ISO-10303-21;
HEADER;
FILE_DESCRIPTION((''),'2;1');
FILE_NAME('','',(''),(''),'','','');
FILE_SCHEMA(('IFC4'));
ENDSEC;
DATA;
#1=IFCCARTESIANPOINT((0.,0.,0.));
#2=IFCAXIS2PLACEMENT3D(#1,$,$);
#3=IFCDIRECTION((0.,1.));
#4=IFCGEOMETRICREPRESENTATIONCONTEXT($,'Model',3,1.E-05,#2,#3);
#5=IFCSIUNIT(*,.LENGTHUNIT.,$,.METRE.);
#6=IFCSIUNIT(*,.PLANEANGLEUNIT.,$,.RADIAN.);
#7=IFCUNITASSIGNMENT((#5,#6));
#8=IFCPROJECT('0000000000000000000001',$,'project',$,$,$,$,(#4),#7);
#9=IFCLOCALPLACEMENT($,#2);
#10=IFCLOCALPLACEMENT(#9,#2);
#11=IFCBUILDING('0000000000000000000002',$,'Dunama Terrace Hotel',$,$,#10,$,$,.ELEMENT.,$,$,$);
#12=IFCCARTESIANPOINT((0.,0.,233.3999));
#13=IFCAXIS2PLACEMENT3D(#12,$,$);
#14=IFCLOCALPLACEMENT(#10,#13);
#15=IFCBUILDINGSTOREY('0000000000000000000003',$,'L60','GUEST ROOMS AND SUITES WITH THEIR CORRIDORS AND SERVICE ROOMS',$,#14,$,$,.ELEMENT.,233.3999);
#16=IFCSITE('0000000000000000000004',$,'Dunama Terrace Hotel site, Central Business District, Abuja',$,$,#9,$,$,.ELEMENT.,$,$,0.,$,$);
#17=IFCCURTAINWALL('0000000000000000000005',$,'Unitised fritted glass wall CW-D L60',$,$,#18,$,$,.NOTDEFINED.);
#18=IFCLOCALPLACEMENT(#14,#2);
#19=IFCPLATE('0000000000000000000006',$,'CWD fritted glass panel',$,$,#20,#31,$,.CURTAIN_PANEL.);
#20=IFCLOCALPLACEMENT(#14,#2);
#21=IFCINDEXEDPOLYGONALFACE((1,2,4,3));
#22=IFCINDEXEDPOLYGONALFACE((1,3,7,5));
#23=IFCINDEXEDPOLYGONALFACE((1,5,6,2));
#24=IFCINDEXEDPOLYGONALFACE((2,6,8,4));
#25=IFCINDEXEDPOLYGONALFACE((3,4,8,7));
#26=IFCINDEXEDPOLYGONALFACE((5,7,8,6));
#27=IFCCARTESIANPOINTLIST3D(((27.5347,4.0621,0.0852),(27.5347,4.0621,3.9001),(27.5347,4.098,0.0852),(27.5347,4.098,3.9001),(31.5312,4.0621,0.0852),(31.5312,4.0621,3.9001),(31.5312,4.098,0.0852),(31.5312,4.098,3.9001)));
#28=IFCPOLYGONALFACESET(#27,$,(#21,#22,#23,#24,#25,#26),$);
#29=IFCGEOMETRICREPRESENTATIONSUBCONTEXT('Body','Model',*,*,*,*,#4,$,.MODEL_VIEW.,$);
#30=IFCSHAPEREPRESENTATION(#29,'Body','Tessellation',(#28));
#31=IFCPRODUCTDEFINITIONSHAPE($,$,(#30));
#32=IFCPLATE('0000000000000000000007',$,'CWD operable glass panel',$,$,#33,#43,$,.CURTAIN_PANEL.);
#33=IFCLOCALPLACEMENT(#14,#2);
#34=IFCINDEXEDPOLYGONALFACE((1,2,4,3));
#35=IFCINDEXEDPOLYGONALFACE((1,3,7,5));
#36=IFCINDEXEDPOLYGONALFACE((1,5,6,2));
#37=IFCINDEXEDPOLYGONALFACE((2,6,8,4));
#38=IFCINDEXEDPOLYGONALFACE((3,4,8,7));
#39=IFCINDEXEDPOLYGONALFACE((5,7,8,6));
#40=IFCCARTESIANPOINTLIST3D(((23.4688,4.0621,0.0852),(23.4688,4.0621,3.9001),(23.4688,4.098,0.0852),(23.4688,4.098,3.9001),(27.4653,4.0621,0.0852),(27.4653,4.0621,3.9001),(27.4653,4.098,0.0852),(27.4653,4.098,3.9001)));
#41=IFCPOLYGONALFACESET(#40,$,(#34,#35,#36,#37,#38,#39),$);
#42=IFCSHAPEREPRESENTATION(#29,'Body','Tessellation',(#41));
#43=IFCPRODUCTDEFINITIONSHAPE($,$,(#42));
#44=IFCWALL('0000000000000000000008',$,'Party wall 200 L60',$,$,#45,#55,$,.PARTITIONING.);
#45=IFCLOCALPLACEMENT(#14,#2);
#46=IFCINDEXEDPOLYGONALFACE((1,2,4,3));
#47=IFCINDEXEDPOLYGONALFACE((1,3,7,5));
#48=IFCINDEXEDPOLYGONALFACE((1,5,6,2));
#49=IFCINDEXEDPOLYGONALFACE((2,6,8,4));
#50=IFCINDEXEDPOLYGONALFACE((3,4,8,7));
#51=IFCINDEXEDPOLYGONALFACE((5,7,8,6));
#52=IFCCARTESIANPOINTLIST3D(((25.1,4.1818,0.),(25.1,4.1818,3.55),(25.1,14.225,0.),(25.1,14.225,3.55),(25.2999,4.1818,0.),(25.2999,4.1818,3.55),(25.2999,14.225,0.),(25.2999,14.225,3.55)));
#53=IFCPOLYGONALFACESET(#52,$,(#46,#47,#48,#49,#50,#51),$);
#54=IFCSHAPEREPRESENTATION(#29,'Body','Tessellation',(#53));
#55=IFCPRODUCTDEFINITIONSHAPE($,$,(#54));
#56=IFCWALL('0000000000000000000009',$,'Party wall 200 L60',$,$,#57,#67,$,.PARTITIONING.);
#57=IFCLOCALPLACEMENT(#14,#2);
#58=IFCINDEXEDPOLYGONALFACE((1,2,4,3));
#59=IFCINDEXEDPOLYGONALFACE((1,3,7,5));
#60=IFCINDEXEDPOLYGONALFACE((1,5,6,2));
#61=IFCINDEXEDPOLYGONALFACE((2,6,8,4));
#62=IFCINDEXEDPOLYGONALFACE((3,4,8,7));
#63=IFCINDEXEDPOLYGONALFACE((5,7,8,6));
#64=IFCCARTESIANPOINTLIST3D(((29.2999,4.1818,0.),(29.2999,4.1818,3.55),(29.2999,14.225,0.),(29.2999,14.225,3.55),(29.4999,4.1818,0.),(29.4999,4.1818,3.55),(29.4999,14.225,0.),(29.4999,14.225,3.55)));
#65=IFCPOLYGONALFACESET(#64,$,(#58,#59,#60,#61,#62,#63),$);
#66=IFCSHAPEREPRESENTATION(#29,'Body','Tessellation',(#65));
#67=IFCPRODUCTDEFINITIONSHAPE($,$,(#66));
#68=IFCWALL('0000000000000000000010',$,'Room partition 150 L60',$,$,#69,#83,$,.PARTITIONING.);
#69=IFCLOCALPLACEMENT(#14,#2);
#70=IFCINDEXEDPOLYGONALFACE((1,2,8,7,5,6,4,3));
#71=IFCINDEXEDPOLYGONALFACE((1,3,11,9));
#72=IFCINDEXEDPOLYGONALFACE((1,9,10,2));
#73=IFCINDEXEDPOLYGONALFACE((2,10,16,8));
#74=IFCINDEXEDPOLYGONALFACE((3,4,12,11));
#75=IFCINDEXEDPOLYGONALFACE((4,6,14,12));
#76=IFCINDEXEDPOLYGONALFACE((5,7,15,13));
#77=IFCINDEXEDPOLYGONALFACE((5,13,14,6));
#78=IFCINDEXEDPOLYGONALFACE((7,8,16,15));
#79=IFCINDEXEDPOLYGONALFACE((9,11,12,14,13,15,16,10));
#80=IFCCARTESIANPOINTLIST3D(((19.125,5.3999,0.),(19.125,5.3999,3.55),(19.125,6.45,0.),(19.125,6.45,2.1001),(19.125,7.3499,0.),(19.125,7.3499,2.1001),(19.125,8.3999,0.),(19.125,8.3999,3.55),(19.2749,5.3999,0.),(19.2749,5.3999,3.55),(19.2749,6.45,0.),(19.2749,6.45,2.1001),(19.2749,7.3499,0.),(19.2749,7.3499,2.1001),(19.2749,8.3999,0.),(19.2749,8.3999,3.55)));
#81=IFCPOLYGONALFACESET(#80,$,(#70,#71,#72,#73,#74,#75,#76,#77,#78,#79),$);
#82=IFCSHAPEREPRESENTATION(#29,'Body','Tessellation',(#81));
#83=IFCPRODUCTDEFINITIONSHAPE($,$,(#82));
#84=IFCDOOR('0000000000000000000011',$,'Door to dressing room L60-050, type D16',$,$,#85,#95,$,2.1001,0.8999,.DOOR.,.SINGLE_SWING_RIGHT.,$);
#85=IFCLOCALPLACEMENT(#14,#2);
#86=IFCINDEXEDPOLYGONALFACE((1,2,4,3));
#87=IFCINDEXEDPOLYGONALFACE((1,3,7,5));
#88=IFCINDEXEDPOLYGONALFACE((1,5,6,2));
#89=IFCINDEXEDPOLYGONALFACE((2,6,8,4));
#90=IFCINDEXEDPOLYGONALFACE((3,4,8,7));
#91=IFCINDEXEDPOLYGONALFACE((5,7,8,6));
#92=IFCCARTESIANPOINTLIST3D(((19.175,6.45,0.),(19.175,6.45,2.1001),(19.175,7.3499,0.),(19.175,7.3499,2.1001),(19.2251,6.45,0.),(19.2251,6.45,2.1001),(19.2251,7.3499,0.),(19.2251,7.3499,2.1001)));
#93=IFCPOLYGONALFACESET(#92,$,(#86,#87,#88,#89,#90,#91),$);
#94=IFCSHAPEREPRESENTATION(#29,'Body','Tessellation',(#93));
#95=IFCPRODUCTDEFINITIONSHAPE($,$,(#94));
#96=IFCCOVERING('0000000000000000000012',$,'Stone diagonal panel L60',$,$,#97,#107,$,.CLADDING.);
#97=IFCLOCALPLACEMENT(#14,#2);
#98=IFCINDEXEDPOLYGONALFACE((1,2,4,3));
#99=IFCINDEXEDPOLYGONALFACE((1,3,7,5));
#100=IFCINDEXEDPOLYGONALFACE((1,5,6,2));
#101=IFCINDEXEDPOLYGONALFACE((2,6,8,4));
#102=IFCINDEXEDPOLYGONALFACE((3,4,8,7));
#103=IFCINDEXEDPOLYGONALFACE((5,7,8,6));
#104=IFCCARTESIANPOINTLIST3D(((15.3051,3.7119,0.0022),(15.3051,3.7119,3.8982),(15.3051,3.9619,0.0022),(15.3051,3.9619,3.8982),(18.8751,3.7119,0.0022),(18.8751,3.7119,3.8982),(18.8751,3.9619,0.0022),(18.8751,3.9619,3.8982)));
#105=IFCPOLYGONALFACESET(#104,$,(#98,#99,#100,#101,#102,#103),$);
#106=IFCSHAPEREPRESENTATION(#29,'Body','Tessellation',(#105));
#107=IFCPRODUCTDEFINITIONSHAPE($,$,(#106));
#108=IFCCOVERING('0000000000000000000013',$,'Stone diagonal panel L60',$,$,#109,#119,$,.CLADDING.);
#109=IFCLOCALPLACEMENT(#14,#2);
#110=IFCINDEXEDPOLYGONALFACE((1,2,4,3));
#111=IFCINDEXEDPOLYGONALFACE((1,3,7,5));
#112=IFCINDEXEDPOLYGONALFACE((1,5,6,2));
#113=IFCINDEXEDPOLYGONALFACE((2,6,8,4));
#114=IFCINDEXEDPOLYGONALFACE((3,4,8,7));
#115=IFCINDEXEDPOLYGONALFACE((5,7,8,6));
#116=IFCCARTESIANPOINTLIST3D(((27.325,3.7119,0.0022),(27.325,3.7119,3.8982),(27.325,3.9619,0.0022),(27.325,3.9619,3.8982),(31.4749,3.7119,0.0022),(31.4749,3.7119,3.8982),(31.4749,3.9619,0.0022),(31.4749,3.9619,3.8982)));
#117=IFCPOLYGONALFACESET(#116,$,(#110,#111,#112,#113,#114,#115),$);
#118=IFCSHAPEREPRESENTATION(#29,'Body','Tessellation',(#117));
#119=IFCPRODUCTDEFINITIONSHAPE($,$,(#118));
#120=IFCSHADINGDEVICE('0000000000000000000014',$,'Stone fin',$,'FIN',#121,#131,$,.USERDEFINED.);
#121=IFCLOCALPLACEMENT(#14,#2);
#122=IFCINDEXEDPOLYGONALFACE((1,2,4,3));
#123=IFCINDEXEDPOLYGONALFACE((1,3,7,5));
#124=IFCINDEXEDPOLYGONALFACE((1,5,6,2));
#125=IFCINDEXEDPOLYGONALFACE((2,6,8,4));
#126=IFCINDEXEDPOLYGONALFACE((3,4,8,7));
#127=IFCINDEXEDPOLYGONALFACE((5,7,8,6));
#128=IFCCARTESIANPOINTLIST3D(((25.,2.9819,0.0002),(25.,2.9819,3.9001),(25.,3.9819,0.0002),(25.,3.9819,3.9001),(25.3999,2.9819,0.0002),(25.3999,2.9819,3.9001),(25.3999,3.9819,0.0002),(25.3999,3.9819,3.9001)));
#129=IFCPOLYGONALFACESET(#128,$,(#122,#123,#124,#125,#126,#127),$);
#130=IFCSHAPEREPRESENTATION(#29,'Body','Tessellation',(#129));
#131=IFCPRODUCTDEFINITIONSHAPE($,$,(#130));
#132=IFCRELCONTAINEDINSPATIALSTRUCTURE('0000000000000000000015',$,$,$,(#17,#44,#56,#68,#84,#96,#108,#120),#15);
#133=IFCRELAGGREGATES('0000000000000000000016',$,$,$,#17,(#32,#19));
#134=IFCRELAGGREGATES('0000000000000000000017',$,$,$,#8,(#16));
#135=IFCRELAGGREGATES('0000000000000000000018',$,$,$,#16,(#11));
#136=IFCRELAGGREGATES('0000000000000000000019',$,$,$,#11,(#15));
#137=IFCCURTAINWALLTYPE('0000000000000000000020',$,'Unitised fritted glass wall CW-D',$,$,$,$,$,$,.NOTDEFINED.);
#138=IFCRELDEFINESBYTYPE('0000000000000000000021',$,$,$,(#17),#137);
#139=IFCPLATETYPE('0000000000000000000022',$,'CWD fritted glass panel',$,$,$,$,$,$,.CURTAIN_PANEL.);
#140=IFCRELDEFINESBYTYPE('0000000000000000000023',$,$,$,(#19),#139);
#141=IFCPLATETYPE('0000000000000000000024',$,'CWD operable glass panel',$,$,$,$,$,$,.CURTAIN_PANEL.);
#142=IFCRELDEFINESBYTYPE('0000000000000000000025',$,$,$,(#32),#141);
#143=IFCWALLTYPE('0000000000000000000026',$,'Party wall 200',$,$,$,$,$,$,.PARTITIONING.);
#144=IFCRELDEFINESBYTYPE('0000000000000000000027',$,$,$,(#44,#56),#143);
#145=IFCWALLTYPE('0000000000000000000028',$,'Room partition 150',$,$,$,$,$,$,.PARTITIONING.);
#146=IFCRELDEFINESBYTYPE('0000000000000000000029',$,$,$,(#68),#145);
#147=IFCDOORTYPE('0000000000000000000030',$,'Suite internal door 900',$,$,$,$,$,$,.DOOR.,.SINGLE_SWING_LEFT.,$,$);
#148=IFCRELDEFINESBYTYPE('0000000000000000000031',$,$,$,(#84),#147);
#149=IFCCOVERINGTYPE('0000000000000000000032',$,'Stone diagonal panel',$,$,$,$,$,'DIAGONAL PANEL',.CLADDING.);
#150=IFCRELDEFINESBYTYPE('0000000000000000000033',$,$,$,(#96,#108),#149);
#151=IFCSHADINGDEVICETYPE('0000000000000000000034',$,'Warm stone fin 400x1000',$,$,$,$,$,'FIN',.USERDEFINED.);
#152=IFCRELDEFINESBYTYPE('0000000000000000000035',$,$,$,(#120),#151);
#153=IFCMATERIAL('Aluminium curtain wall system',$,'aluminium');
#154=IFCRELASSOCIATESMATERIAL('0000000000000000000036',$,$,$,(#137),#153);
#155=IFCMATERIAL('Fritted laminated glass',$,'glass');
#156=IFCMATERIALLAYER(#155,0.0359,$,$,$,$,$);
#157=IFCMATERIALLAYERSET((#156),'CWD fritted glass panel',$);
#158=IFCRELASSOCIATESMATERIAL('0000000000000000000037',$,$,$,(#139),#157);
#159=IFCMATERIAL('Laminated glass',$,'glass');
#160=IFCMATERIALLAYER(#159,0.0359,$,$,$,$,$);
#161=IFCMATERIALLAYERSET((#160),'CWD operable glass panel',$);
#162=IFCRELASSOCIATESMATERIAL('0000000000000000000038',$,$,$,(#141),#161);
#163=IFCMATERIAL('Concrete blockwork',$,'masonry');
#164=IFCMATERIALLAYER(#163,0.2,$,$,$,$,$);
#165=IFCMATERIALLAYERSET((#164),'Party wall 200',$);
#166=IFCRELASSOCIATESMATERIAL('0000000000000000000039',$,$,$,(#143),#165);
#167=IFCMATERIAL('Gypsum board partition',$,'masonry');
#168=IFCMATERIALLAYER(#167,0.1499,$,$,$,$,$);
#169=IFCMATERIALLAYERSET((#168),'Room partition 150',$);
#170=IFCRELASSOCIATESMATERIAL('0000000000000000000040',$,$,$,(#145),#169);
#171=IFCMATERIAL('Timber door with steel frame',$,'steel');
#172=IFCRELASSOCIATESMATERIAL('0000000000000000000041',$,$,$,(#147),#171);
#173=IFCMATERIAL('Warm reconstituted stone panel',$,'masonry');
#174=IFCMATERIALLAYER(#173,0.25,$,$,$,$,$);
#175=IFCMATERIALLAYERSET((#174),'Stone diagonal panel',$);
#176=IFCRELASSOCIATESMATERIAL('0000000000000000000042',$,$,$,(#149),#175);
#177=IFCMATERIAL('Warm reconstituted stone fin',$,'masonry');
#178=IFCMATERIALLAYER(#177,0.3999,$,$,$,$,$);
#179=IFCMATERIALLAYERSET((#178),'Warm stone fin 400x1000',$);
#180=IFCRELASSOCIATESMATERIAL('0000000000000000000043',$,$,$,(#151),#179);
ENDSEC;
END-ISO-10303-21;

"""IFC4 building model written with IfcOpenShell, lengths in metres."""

from ifc_helpers import new_model, si_unit, direction, frame, frame_2d, origin, origin_2d, place, context, subcontext, project, spatial, rectangle, extrude, material, layer, layer_set, type_object, element, fill, aggregate, save


model = new_model("IFC4")

# Units and contexts
model_context = context("Model", 3, precision=1e-05, world=origin(), true_north=direction((0.0, 1.0)))
body_context = subcontext(model_context, "Body", "Model", "MODEL_VIEW")
ifc_project = project(units=[si_unit("LENGTHUNIT", "METRE"), si_unit("PLANEANGLEUNIT", "RADIAN")], contexts=[model_context])

# Site, building, storey
site_placement = place(None, origin())
site = spatial("IfcSite", under=ifc_project, at=site_placement, Name="Dunama Terrace Hotel site, Central Business District, Abuja", CompositionType="ELEMENT", RefElevation=0.0)
building_placement = place(site_placement, origin())
building = spatial("IfcBuilding", under=site, at=building_placement, Name="Dunama Terrace Hotel", CompositionType="ELEMENT")
storey_placement = place(building_placement, frame((0.0, 0.0, 233.3999)))
storey = spatial("IfcBuildingStorey", under=building, at=storey_placement, Name="L60", Description="GUEST ROOMS AND SUITES WITH THEIR CORRIDORS AND SERVICE ROOMS", CompositionType="ELEMENT", Elevation=233.3999)

# Curtain wall
ifc_material_1 = material(Name="Aluminium curtain wall system", Category="aluminium")
curtain_wall_type = type_object("IfcCurtainWallType", Name="Unitised fritted glass wall CW-D", PredefinedType="NOTDEFINED", material=ifc_material_1)
curtain_wall_placement = place(storey_placement, origin())
curtain_wall = element("IfcCurtainWall", 1, at=curtain_wall_placement, inside=storey, type_object=curtain_wall_type, Name="Unitised fritted glass wall CW-D L60", PredefinedType="NOTDEFINED")

# Plates
ifc_material_2 = material(Name="Fritted laminated glass", Category="glass")
ifc_layer_1 = layer(ifc_material_2, 0.0359)
ifc_layer_set_1 = layer_set([ifc_layer_1], Name="CWD fritted glass panel")
plate_type_1 = type_object("IfcPlateType", Name="CWD fritted glass panel", PredefinedType="CURTAIN_PANEL", material=ifc_layer_set_1)
plate_1_placement = place(storey_placement, frame((29.533, 4.0801, 0.0852), z_axis=(0.0, 0.0, 1.0), x_axis=(1.0, 0.0, 0.0)))
plate_1 = element("IfcPlate", 2, at=plate_1_placement, type_object=plate_type_1, Name="CWD fritted glass panel", PredefinedType="CURTAIN_PANEL", context=body_context, shape_type="SweptSolid", body=[
    extrude(rectangle(XDim=3.9966, YDim=0.0359, at=origin_2d()), origin(), (0.0, 0.0, 1.0), 3.8149),
])
ifc_material_3 = material(Name="Laminated glass", Category="glass")
ifc_layer_2 = layer(ifc_material_3, 0.0359)
ifc_layer_set_2 = layer_set([ifc_layer_2], Name="CWD operable glass panel")
plate_type_2 = type_object("IfcPlateType", Name="CWD operable glass panel", PredefinedType="CURTAIN_PANEL", material=ifc_layer_set_2)
plate_2_placement = place(storey_placement, frame((25.467, 4.0801, 0.0852), z_axis=(0.0, 0.0, 1.0), x_axis=(1.0, 0.0, 0.0)))
plate_2 = element("IfcPlate", 3, at=plate_2_placement, type_object=plate_type_2, Name="CWD operable glass panel", PredefinedType="CURTAIN_PANEL", context=body_context, shape_type="SweptSolid", body=[
    extrude(rectangle(XDim=3.9966, YDim=0.0359, at=origin_2d()), origin(), (0.0, 0.0, 1.0), 3.8149),
])
aggregate(curtain_wall, [plate_2, plate_1])

# Walls
ifc_material_4 = material(Name="Concrete blockwork", Category="masonry")
ifc_layer_3 = layer(ifc_material_4, 0.2)
ifc_layer_set_3 = layer_set([ifc_layer_3], Name="Party wall 200")
wall_type_1 = type_object("IfcWallType", Name="Party wall 200", PredefinedType="PARTITIONING", material=ifc_layer_set_3)
for number, where, z_axis, x_axis, name in (
    (4, (25.2, 4.1819, 0.0), (0.0, 0.0, 1.0), (0.0, 1.0, 0.0), "Party wall 200 L60"),
    (5, (29.3999, 4.1819, 0.0), (0.0, 0.0, 1.0), (0.0, 1.0, 0.0), "Party wall 200 L60"),
):
    element("IfcWall", number, at=place(storey_placement, frame(where, z_axis=z_axis, x_axis=x_axis)), inside=storey, type_object=wall_type_1, Name=name, PredefinedType="PARTITIONING", context=body_context, shape_type="SweptSolid", body=[
        extrude(rectangle(XDim=10.0432, YDim=0.2, at=frame_2d((5.0215, 0.0))), origin(), (0.0, 0.0, 1.0), 3.55),
    ])

# Wall, opening, door
ifc_material_5 = material(Name="Gypsum board partition", Category="masonry")
ifc_layer_4 = layer(ifc_material_5, 0.1499)
ifc_layer_set_4 = layer_set([ifc_layer_4], Name="Room partition 150")
wall_type_2 = type_object("IfcWallType", Name="Room partition 150", PredefinedType="PARTITIONING", material=ifc_layer_set_4)
wall_placement = place(storey_placement, frame((19.2, 5.3999, 0.0), z_axis=(0.0, 0.0, 1.0), x_axis=(0.0, 1.0, 0.0)))
wall = element("IfcWall", 6, at=wall_placement, inside=storey, type_object=wall_type_2, Name="Room partition 150 L60", PredefinedType="PARTITIONING", context=body_context, shape_type="SweptSolid", body=[
    extrude(rectangle(XDim=3.0, YDim=0.1499, at=frame_2d((1.5, 0.0))), origin(), (0.0, 0.0, 1.0), 3.55),
])
opening_placement = place(wall_placement, frame((1.05, 0.0, 0.0)))
opening = element("IfcOpeningElement", 7, at=opening_placement, cuts=wall, PredefinedType="OPENING", context=body_context, shape_type="SweptSolid", body=[
    extrude(rectangle(XDim=0.8999, YDim=2.1001, at=frame_2d((0.45, 1.05))), frame((0.0, 0.085, 0.0), z_axis=(0.0, -1.0, 0.0), x_axis=(1.0, 0.0, 0.0)), (0.0, 0.0, 1.0), 0.1699),
])
ifc_material_6 = material(Name="Timber door with steel frame", Category="steel")
door_type = type_object("IfcDoorType", Name="Suite internal door 900", OperationType="SINGLE_SWING_LEFT", PredefinedType="DOOR", material=ifc_material_6)
door_placement = place(opening_placement, frame((0.8999, 0.0, 0.0), z_axis=(0.0, 0.0, 1.0), x_axis=(-1.0, 0.0, 0.0)))
door = element("IfcDoor", 8, at=door_placement, inside=storey, type_object=door_type, Name="Door to dressing room L60-050, type D16", OperationType="SINGLE_SWING_RIGHT", OverallHeight=2.1001, OverallWidth=0.8999, PredefinedType="DOOR", context=body_context, shape_type="SweptSolid", body=[
    extrude(rectangle(XDim=0.8999, YDim=2.1001, at=frame_2d((0.45, 1.05))), frame((0.0, 0.0251, 0.0), z_axis=(0.0, -1.0, 0.0), x_axis=(1.0, 0.0, 0.0)), (0.0, 0.0, 1.0), 0.05),
])
fill(opening, door)

# Coverings
ifc_material_7 = material(Name="Warm reconstituted stone panel", Category="masonry")
ifc_layer_5 = layer(ifc_material_7, 0.25)
ifc_layer_set_5 = layer_set([ifc_layer_5], Name="Stone diagonal panel")
covering_type = type_object("IfcCoveringType", Name="Stone diagonal panel", ElementType="DIAGONAL PANEL", PredefinedType="CLADDING", material=ifc_layer_set_5)
covering_1_placement = place(storey_placement, frame((17.0901, 3.8369, 0.0022), z_axis=(0.0, 0.0, 1.0), x_axis=(1.0, 0.0, 0.0)))
element("IfcCovering", 9, at=covering_1_placement, inside=storey, type_object=covering_type, Name="Stone diagonal panel L60", PredefinedType="CLADDING", context=body_context, shape_type="SweptSolid", body=[
    extrude(rectangle(XDim=3.5701, YDim=0.25, at=origin_2d()), origin(), (0.0, 0.0, 1.0), 3.896),
])
covering_2_placement = place(storey_placement, frame((29.3999, 3.8369, 0.0022), z_axis=(0.0, 0.0, 1.0), x_axis=(1.0, 0.0, 0.0)))
element("IfcCovering", 10, at=covering_2_placement, inside=storey, type_object=covering_type, Name="Stone diagonal panel L60", PredefinedType="CLADDING", context=body_context, shape_type="SweptSolid", body=[
    extrude(rectangle(XDim=4.1499, YDim=0.25, at=origin_2d()), origin(), (0.0, 0.0, 1.0), 3.896),
])

# Shading device
ifc_material_8 = material(Name="Warm reconstituted stone fin", Category="masonry")
ifc_layer_6 = layer(ifc_material_8, 0.3999)
ifc_layer_set_6 = layer_set([ifc_layer_6], Name="Warm stone fin 400x1000")
shading_device_type = type_object("IfcShadingDeviceType", Name="Warm stone fin 400x1000", ElementType="FIN", PredefinedType="USERDEFINED", material=ifc_layer_set_6)
shading_device_placement = place(storey_placement, frame((25.2, 3.4819, 0.0002), z_axis=(0.0, 0.0, 1.0), x_axis=(1.0, 0.0, 0.0)))
element("IfcShadingDevice", 11, at=shading_device_placement, inside=storey, type_object=shading_device_type, Name="Stone fin", ObjectType="FIN", PredefinedType="USERDEFINED", context=body_context, shape_type="SweptSolid", body=[
    extrude(rectangle(XDim=0.3999, YDim=1.0, at=origin_2d()), origin(), (0.0, 0.0, 1.0), 3.8999),
])

save(model, "model.ifc")
